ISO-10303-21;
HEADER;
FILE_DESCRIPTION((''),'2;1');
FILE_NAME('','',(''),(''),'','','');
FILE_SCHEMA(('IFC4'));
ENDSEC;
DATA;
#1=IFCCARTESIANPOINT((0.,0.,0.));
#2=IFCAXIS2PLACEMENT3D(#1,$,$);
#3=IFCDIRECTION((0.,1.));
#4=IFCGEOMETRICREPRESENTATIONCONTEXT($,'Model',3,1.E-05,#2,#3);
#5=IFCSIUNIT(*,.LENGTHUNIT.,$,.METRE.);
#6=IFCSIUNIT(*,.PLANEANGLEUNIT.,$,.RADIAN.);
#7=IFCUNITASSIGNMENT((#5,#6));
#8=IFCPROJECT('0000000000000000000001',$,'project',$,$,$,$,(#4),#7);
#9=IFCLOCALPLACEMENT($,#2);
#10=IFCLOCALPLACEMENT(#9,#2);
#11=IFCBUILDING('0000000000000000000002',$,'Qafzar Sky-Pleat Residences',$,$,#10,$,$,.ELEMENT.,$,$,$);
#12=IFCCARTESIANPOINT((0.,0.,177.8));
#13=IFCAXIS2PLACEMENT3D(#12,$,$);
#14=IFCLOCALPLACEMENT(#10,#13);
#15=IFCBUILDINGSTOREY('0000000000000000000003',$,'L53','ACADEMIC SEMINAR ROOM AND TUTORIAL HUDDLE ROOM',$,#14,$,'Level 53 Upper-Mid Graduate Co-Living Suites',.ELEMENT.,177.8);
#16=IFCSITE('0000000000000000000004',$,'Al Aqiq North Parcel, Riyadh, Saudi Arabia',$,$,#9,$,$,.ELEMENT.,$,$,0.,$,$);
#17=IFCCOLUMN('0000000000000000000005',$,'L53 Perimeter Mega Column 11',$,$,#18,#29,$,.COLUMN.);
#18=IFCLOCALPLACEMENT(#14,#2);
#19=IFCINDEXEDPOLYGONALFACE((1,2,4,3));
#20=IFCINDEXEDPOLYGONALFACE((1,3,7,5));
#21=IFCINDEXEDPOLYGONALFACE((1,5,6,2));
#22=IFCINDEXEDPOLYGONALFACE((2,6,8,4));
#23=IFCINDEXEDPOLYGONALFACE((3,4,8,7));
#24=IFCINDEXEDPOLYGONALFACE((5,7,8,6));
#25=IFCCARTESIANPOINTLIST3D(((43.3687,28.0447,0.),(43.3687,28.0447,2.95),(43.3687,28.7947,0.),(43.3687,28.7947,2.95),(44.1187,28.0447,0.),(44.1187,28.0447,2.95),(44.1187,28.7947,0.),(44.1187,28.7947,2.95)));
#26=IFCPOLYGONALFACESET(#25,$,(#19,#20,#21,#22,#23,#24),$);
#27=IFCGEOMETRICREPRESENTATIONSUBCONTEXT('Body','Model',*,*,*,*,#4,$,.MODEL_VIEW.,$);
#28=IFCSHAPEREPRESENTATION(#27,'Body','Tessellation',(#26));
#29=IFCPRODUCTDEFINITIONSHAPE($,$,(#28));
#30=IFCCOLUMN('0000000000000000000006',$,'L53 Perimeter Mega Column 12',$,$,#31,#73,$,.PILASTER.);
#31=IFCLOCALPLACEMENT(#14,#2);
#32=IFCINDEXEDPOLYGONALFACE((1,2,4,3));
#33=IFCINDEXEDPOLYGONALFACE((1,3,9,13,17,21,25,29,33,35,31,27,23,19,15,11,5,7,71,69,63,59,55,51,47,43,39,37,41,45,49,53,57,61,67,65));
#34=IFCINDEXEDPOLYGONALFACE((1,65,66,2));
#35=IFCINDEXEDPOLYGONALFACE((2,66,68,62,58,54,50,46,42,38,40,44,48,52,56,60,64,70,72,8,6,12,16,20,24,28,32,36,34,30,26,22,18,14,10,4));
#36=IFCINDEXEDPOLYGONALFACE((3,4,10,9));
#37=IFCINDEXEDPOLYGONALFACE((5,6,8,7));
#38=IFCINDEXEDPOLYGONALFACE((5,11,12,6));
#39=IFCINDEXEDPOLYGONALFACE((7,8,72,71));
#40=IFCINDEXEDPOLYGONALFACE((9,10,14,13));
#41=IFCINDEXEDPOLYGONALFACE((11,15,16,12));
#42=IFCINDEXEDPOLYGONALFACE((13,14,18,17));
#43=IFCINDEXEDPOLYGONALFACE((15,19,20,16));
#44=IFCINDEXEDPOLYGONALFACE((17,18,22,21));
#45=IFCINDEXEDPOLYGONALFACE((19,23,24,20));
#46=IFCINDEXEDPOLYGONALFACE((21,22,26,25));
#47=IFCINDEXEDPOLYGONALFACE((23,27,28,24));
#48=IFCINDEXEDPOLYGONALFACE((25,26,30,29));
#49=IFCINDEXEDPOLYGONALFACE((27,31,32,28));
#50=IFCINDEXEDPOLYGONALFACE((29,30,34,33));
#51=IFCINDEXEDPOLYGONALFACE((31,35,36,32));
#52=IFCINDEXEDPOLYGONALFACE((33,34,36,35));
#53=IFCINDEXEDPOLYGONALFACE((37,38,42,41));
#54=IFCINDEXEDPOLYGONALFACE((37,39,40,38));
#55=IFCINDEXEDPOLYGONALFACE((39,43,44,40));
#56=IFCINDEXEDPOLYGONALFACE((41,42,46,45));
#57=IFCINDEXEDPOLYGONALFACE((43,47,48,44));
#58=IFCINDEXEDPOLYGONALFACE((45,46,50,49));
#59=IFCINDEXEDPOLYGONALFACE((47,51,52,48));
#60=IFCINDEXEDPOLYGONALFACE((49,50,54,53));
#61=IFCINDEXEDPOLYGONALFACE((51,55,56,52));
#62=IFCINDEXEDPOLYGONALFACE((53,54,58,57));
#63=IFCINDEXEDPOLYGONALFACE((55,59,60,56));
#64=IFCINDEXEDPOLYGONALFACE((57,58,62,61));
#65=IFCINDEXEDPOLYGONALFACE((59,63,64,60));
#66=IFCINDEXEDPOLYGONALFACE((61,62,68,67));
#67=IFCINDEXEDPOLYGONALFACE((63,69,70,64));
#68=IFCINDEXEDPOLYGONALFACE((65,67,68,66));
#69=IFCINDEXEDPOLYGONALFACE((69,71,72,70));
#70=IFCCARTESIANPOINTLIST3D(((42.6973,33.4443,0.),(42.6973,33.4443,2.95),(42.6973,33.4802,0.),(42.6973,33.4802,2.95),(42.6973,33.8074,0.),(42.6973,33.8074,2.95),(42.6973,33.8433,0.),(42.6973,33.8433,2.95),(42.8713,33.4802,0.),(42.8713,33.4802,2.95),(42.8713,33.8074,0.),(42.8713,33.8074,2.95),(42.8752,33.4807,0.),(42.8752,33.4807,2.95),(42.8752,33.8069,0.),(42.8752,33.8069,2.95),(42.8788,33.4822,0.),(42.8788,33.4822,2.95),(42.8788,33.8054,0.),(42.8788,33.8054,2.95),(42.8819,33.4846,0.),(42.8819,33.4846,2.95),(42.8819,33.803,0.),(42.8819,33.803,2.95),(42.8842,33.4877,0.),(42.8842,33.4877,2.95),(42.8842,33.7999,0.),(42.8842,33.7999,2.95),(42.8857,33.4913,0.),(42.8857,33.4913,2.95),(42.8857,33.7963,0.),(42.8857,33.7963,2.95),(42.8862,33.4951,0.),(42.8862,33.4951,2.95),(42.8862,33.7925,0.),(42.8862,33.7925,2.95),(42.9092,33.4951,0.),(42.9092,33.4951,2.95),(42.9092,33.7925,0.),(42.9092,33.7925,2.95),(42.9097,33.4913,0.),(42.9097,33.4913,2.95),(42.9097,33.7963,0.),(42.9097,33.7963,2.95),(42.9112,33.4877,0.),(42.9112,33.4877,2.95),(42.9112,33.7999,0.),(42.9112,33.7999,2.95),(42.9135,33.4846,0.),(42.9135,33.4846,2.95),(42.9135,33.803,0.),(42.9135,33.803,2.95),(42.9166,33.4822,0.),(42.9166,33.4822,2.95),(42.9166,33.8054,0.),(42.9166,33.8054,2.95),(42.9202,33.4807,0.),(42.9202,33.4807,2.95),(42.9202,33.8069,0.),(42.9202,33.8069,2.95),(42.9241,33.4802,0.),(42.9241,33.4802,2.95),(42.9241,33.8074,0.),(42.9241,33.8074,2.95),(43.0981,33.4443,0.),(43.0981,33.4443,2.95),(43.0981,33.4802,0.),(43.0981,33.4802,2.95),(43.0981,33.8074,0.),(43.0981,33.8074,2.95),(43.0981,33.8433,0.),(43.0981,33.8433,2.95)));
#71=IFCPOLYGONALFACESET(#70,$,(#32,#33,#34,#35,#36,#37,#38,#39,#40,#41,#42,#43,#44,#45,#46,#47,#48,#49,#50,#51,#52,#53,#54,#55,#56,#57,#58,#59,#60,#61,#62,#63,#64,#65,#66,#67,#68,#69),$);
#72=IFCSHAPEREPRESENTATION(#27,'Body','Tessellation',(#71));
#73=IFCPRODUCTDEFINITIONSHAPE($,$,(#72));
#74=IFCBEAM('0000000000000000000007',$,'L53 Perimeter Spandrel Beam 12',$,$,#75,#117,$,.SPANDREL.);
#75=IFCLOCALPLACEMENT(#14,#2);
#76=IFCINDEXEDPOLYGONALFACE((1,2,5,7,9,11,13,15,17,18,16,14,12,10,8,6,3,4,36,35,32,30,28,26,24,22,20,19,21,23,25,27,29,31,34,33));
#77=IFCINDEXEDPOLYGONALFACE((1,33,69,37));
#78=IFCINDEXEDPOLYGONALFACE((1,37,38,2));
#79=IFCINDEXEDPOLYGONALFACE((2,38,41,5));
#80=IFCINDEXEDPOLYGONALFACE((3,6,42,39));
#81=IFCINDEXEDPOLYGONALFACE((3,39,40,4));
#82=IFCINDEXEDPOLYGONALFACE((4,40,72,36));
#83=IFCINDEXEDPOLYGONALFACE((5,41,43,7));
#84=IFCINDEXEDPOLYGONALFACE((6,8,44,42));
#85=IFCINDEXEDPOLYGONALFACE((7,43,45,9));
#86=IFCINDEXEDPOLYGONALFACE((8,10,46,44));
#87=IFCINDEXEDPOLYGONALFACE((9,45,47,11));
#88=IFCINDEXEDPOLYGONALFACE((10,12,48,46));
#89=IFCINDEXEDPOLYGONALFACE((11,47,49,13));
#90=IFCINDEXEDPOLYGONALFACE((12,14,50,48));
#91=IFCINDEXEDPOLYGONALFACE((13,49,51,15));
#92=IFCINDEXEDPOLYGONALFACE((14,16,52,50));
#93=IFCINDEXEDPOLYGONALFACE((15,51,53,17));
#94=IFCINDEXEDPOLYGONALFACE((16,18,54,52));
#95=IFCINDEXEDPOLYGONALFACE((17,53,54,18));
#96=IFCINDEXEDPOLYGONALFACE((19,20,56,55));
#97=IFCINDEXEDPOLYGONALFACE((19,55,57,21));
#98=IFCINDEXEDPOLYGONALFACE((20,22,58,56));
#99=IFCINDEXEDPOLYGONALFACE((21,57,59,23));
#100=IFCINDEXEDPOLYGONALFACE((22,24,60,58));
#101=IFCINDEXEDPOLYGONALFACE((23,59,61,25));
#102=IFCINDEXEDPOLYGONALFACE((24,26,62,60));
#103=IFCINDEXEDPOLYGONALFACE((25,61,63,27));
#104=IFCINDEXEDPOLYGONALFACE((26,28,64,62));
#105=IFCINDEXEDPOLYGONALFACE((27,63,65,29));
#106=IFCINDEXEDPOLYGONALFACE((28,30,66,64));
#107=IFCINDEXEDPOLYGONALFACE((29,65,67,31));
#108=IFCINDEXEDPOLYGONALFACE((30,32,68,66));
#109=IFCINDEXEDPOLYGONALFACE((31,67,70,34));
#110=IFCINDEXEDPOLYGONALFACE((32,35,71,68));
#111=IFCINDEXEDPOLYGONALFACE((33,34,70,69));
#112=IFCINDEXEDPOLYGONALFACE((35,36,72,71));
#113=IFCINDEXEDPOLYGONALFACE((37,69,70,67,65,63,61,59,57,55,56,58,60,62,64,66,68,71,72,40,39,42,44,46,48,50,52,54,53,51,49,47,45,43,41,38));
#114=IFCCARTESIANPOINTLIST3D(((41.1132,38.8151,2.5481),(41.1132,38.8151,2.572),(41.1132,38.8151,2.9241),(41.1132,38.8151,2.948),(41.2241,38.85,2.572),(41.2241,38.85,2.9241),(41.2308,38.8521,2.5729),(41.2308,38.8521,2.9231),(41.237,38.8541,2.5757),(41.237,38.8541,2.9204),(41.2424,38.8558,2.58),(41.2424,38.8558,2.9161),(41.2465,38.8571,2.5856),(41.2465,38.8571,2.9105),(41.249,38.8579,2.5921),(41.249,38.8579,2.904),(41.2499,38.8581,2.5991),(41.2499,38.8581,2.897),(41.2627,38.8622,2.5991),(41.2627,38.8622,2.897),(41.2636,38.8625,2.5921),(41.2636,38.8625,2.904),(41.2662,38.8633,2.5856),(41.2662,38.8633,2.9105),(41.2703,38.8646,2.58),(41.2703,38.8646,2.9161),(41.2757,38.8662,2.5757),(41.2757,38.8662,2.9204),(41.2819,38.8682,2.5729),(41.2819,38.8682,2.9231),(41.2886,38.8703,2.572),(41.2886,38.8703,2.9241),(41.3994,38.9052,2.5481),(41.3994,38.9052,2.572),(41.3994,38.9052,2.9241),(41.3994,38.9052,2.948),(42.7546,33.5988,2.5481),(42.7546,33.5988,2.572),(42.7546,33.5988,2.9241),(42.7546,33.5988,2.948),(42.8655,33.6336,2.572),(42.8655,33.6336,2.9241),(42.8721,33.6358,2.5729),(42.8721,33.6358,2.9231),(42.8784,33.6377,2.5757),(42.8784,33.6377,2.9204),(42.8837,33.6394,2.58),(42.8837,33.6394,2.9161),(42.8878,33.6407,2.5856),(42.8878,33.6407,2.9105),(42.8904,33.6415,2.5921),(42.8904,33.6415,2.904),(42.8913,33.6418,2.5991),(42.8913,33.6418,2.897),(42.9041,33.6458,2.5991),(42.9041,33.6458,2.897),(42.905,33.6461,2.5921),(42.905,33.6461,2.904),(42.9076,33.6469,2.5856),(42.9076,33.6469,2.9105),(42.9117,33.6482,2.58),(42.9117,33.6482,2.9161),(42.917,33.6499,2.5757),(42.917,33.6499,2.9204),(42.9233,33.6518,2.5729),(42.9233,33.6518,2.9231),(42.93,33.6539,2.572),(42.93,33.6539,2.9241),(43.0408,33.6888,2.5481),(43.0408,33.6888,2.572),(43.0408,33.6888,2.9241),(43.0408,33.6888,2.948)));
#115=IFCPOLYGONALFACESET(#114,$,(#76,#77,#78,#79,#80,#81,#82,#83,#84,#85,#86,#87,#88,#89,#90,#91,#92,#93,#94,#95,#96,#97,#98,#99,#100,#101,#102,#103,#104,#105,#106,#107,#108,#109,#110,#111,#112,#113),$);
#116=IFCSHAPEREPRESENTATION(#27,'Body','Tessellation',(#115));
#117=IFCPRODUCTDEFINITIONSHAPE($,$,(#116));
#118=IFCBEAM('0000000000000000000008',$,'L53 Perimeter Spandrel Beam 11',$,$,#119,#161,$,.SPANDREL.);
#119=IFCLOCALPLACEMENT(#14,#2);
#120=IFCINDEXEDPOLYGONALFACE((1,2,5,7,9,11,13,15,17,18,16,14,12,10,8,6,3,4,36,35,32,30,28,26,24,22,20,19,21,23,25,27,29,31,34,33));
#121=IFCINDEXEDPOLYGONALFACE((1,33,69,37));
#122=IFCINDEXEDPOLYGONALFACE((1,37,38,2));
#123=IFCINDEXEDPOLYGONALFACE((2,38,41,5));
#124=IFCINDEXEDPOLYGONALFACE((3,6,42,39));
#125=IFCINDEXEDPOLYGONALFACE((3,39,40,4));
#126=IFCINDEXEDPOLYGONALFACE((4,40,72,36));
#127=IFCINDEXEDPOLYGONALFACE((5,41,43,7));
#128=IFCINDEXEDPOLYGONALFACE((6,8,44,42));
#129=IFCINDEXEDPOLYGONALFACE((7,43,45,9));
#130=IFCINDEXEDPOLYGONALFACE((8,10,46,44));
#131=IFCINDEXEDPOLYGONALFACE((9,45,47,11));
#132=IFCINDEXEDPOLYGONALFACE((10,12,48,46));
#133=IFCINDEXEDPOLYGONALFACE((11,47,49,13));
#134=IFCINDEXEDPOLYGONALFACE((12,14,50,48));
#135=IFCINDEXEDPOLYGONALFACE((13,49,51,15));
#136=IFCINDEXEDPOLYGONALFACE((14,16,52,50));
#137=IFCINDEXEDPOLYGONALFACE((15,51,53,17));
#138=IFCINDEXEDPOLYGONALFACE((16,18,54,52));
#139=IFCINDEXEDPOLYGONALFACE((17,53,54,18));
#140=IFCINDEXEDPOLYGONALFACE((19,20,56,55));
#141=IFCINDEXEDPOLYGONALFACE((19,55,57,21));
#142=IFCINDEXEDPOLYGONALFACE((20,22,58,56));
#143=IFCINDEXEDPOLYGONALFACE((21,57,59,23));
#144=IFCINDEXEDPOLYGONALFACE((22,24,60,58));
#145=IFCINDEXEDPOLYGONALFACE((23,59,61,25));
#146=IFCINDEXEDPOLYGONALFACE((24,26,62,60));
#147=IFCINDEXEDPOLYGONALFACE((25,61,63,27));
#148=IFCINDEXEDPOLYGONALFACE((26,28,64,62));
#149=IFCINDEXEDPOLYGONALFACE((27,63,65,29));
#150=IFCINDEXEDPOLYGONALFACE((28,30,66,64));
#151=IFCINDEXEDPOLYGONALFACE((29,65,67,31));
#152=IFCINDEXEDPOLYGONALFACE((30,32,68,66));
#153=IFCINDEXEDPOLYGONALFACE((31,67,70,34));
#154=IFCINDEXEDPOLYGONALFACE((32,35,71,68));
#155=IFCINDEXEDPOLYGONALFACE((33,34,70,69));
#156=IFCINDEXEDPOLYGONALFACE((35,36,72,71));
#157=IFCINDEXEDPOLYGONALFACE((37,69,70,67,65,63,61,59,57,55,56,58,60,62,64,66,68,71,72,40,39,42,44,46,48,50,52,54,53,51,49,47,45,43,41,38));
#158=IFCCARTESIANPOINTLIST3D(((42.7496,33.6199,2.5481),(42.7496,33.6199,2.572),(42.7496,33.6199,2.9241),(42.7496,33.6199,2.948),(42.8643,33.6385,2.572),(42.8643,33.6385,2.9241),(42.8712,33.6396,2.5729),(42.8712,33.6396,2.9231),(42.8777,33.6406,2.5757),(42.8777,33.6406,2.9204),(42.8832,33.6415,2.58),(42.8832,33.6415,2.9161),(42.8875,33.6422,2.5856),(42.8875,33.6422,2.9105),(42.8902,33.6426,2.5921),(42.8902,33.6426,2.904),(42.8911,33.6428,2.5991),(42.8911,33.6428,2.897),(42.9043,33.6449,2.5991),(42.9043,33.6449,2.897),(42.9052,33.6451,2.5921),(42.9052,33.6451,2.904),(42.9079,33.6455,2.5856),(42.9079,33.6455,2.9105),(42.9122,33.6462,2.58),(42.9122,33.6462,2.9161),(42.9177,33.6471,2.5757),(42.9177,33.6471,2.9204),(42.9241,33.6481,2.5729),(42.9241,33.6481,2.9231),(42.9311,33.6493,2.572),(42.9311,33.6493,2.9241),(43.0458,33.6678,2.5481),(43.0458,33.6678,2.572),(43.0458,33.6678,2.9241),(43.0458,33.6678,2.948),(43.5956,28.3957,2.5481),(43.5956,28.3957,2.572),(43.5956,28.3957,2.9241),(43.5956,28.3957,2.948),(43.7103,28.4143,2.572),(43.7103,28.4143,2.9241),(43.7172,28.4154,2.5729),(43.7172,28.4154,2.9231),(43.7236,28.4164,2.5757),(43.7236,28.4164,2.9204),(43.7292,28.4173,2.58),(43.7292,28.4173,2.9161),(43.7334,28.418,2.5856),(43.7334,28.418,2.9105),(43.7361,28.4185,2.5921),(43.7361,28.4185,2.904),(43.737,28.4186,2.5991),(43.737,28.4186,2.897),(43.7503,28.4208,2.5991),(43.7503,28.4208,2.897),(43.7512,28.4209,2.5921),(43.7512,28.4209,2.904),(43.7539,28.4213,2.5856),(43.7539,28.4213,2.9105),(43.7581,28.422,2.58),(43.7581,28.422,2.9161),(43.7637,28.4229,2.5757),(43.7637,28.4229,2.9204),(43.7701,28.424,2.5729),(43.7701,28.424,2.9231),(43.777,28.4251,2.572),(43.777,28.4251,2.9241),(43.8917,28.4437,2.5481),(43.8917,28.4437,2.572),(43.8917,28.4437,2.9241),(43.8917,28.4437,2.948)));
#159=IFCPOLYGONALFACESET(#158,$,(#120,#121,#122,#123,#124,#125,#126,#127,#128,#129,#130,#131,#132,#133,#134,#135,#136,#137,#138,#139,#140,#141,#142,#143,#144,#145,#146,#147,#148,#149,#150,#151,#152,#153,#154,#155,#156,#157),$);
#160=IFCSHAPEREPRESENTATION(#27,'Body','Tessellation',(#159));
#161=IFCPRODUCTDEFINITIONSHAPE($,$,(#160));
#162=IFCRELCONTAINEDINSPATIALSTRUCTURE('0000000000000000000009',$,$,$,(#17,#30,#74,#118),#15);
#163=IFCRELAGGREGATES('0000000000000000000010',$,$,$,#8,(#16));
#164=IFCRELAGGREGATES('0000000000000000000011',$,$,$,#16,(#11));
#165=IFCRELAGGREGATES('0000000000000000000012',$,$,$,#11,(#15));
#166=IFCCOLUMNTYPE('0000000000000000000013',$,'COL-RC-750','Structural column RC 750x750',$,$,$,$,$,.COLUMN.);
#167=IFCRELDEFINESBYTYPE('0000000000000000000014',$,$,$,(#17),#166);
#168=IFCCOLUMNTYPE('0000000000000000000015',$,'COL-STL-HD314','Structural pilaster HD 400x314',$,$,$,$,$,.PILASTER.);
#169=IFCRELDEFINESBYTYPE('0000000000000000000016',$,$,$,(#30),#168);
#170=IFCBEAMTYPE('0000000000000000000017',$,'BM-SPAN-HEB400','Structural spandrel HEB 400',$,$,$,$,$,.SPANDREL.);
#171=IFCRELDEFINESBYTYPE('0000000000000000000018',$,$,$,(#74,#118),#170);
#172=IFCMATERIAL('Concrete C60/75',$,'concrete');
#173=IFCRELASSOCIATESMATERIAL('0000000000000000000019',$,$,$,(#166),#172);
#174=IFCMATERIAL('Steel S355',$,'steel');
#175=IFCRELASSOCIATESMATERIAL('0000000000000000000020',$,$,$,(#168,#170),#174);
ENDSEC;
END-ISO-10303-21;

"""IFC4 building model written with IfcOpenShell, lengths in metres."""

from ifc_helpers import new_model, si_unit, direction, frame, origin, origin_2d, place, context, subcontext, project, spatial, rectangle, i_section, extrude, source, transform, mapped, material, material_profile, profile_set, type_object, element, save


model = new_model("IFC4")

# Units and contexts
model_context = context("Model", 3, precision=1e-05, world=origin(), true_north=direction((0.0, 1.0)))
body_context = subcontext(model_context, "Body", "Model", "MODEL_VIEW")
ifc_project = project(units=[si_unit("LENGTHUNIT", "METRE"), si_unit("PLANEANGLEUNIT", "RADIAN")], contexts=[model_context])

# Site, building, storey
site_placement = place(None, origin())
site = spatial("IfcSite", under=ifc_project, at=site_placement, Name="Al Aqiq North Parcel, Riyadh, Saudi Arabia", CompositionType="ELEMENT", RefElevation=0.0)
building_placement = place(site_placement, origin())
building = spatial("IfcBuilding", under=site, at=building_placement, Name="Qafzar Sky-Pleat Residences", CompositionType="ELEMENT")
storey_placement = place(building_placement, frame((0.0, 0.0, 177.8)))
storey = spatial("IfcBuildingStorey", under=building, at=storey_placement, Name="L53", Description="ACADEMIC SEMINAR ROOM AND TUTORIAL HUDDLE ROOM", LongName="Level 53 Upper-Mid Graduate Co-Living Suites", CompositionType="ELEMENT", Elevation=177.8)

# Columns
ifc_material_1 = material(Name="Concrete C60/75", Category="concrete")
ifc_material_profile_1 = material_profile(ifc_material_1, rectangle(XDim=0.75, YDim=0.75, at=origin_2d()), Name="RC 750x750")
ifc_profile_set_1 = profile_set([ifc_material_profile_1], Name="Concrete C60/75")
column_type_1 = type_object("IfcColumnType", Name="COL-RC-750", Description="Structural column RC 750x750", PredefinedType="COLUMN", material=ifc_profile_set_1)
shared_shape_1 = source(origin(), body_context, "Body", "SweptSolid", [
    extrude(rectangle(XDim=0.75, YDim=0.75, at=origin_2d()), origin(), (0.0, 0.0, 1.0), 2.95),
])
column_1_placement = place(storey_placement, frame((43.7437, 28.4197, 0.0), z_axis=(0.0, 0.0, 1.0), x_axis=(1.0, 0.0, 0.0)))
element("IfcColumn", 1, at=column_1_placement, inside=storey, type_object=column_type_1, Name="L53 Perimeter Mega Column 11", PredefinedType="COLUMN", context=body_context, shape_type="MappedRepresentation", body=[
    mapped(shared_shape_1, transform((0.0, 0.0, 0.0), x_axis=(1.0, 0.0, 0.0), y_axis=(0.0, 1.0, 0.0), z_axis=(0.0, 0.0, 1.0), scale=1.0)),
])
ifc_material_2 = material(Name="Steel S355", Category="steel")
ifc_material_profile_2 = material_profile(ifc_material_2, i_section(OverallWidth=0.4009, OverallDepth=0.3989, WebThickness=0.0229, FlangeThickness=0.0359, FilletRadius=0.0149, at=origin_2d()), Name="HD 400x314")
ifc_profile_set_2 = profile_set([ifc_material_profile_2], Name="Steel S355")
column_type_2 = type_object("IfcColumnType", Name="COL-STL-HD314", Description="Structural pilaster HD 400x314", PredefinedType="PILASTER", material=ifc_profile_set_2)
shared_shape_2 = source(origin(), body_context, "Body", "SweptSolid", [
    extrude(i_section(OverallWidth=0.4009, OverallDepth=0.3989, WebThickness=0.0229, FlangeThickness=0.0359, FilletRadius=0.0149, at=origin_2d()), origin(), (0.0, 0.0, 1.0), 2.95),
])
column_2_placement = place(storey_placement, frame((42.8977, 33.6438, 0.0), z_axis=(0.0, 0.0, 1.0), x_axis=(1.0, 0.0, 0.0)))
element("IfcColumn", 2, at=column_2_placement, inside=storey, type_object=column_type_2, Name="L53 Perimeter Mega Column 12", PredefinedType="PILASTER", context=body_context, shape_type="MappedRepresentation", body=[
    mapped(shared_shape_2, transform((0.0, 0.0, 0.0), x_axis=(1.0, 0.0, 0.0), y_axis=(0.0, 1.0, 0.0), z_axis=(0.0, 0.0, 1.0), scale=1.0)),
])

# Beams
ifc_material_profile_3 = material_profile(ifc_material_2, i_section(OverallWidth=0.3, OverallDepth=0.3999, WebThickness=0.0134, FlangeThickness=0.0239, FilletRadius=0.0271, at=origin_2d()), Name="HEB 400")
ifc_profile_set_3 = profile_set([ifc_material_profile_3], Name="Steel S355")
beam_type_1 = type_object("IfcBeamType", Name="BM-SPAN-HEB400", Description="Structural spandrel HEB 400", PredefinedType="SPANDREL", material=ifc_profile_set_3)
shared_shape_3 = source(origin(), body_context, "Body", "SweptSolid", [
    extrude(i_section(OverallWidth=0.3, OverallDepth=0.3999, WebThickness=0.0134, FlangeThickness=0.0239, FilletRadius=0.0271, at=origin_2d()), origin(), (0.0, 0.0, 1.0), 5.4685),
])
beam_1_placement = place(storey_placement, frame((42.8977, 33.6438, 2.748), z_axis=(-0.30015, 0.953892, 0.0), x_axis=(-0.953892, -0.30015, 0.0)))
element("IfcBeam", 3, at=beam_1_placement, inside=storey, type_object=beam_type_1, Name="L53 Perimeter Spandrel Beam 12", PredefinedType="SPANDREL", context=body_context, shape_type="MappedRepresentation", body=[
    mapped(shared_shape_3, transform((0.0, 0.0, 0.0), x_axis=(1.0, 0.0, 0.0), y_axis=(0.0, 1.0, 0.0), z_axis=(0.0, 0.0, 1.0), scale=1.0)),
])
shared_shape_4 = source(origin(), body_context, "Body", "SweptSolid", [
    extrude(i_section(OverallWidth=0.3, OverallDepth=0.3999, WebThickness=0.0134, FlangeThickness=0.0239, FilletRadius=0.0271, at=origin_2d()), origin(), (0.0, 0.0, 1.0), 5.2922),
])
beam_2_placement = place(storey_placement, frame((43.7437, 28.4197, 2.748), z_axis=(-0.159849, 0.987142, 0.0), x_axis=(-0.987142, -0.159849, 0.0)))
element("IfcBeam", 4, at=beam_2_placement, inside=storey, type_object=beam_type_1, Name="L53 Perimeter Spandrel Beam 11", PredefinedType="SPANDREL", context=body_context, shape_type="MappedRepresentation", body=[
    mapped(shared_shape_4, transform((0.0, 0.0, 0.0), x_axis=(1.0, 0.0, 0.0), y_axis=(0.0, 1.0, 0.0), z_axis=(0.0, 0.0, 1.0), scale=1.0)),
])

save(model, "model.ifc")
